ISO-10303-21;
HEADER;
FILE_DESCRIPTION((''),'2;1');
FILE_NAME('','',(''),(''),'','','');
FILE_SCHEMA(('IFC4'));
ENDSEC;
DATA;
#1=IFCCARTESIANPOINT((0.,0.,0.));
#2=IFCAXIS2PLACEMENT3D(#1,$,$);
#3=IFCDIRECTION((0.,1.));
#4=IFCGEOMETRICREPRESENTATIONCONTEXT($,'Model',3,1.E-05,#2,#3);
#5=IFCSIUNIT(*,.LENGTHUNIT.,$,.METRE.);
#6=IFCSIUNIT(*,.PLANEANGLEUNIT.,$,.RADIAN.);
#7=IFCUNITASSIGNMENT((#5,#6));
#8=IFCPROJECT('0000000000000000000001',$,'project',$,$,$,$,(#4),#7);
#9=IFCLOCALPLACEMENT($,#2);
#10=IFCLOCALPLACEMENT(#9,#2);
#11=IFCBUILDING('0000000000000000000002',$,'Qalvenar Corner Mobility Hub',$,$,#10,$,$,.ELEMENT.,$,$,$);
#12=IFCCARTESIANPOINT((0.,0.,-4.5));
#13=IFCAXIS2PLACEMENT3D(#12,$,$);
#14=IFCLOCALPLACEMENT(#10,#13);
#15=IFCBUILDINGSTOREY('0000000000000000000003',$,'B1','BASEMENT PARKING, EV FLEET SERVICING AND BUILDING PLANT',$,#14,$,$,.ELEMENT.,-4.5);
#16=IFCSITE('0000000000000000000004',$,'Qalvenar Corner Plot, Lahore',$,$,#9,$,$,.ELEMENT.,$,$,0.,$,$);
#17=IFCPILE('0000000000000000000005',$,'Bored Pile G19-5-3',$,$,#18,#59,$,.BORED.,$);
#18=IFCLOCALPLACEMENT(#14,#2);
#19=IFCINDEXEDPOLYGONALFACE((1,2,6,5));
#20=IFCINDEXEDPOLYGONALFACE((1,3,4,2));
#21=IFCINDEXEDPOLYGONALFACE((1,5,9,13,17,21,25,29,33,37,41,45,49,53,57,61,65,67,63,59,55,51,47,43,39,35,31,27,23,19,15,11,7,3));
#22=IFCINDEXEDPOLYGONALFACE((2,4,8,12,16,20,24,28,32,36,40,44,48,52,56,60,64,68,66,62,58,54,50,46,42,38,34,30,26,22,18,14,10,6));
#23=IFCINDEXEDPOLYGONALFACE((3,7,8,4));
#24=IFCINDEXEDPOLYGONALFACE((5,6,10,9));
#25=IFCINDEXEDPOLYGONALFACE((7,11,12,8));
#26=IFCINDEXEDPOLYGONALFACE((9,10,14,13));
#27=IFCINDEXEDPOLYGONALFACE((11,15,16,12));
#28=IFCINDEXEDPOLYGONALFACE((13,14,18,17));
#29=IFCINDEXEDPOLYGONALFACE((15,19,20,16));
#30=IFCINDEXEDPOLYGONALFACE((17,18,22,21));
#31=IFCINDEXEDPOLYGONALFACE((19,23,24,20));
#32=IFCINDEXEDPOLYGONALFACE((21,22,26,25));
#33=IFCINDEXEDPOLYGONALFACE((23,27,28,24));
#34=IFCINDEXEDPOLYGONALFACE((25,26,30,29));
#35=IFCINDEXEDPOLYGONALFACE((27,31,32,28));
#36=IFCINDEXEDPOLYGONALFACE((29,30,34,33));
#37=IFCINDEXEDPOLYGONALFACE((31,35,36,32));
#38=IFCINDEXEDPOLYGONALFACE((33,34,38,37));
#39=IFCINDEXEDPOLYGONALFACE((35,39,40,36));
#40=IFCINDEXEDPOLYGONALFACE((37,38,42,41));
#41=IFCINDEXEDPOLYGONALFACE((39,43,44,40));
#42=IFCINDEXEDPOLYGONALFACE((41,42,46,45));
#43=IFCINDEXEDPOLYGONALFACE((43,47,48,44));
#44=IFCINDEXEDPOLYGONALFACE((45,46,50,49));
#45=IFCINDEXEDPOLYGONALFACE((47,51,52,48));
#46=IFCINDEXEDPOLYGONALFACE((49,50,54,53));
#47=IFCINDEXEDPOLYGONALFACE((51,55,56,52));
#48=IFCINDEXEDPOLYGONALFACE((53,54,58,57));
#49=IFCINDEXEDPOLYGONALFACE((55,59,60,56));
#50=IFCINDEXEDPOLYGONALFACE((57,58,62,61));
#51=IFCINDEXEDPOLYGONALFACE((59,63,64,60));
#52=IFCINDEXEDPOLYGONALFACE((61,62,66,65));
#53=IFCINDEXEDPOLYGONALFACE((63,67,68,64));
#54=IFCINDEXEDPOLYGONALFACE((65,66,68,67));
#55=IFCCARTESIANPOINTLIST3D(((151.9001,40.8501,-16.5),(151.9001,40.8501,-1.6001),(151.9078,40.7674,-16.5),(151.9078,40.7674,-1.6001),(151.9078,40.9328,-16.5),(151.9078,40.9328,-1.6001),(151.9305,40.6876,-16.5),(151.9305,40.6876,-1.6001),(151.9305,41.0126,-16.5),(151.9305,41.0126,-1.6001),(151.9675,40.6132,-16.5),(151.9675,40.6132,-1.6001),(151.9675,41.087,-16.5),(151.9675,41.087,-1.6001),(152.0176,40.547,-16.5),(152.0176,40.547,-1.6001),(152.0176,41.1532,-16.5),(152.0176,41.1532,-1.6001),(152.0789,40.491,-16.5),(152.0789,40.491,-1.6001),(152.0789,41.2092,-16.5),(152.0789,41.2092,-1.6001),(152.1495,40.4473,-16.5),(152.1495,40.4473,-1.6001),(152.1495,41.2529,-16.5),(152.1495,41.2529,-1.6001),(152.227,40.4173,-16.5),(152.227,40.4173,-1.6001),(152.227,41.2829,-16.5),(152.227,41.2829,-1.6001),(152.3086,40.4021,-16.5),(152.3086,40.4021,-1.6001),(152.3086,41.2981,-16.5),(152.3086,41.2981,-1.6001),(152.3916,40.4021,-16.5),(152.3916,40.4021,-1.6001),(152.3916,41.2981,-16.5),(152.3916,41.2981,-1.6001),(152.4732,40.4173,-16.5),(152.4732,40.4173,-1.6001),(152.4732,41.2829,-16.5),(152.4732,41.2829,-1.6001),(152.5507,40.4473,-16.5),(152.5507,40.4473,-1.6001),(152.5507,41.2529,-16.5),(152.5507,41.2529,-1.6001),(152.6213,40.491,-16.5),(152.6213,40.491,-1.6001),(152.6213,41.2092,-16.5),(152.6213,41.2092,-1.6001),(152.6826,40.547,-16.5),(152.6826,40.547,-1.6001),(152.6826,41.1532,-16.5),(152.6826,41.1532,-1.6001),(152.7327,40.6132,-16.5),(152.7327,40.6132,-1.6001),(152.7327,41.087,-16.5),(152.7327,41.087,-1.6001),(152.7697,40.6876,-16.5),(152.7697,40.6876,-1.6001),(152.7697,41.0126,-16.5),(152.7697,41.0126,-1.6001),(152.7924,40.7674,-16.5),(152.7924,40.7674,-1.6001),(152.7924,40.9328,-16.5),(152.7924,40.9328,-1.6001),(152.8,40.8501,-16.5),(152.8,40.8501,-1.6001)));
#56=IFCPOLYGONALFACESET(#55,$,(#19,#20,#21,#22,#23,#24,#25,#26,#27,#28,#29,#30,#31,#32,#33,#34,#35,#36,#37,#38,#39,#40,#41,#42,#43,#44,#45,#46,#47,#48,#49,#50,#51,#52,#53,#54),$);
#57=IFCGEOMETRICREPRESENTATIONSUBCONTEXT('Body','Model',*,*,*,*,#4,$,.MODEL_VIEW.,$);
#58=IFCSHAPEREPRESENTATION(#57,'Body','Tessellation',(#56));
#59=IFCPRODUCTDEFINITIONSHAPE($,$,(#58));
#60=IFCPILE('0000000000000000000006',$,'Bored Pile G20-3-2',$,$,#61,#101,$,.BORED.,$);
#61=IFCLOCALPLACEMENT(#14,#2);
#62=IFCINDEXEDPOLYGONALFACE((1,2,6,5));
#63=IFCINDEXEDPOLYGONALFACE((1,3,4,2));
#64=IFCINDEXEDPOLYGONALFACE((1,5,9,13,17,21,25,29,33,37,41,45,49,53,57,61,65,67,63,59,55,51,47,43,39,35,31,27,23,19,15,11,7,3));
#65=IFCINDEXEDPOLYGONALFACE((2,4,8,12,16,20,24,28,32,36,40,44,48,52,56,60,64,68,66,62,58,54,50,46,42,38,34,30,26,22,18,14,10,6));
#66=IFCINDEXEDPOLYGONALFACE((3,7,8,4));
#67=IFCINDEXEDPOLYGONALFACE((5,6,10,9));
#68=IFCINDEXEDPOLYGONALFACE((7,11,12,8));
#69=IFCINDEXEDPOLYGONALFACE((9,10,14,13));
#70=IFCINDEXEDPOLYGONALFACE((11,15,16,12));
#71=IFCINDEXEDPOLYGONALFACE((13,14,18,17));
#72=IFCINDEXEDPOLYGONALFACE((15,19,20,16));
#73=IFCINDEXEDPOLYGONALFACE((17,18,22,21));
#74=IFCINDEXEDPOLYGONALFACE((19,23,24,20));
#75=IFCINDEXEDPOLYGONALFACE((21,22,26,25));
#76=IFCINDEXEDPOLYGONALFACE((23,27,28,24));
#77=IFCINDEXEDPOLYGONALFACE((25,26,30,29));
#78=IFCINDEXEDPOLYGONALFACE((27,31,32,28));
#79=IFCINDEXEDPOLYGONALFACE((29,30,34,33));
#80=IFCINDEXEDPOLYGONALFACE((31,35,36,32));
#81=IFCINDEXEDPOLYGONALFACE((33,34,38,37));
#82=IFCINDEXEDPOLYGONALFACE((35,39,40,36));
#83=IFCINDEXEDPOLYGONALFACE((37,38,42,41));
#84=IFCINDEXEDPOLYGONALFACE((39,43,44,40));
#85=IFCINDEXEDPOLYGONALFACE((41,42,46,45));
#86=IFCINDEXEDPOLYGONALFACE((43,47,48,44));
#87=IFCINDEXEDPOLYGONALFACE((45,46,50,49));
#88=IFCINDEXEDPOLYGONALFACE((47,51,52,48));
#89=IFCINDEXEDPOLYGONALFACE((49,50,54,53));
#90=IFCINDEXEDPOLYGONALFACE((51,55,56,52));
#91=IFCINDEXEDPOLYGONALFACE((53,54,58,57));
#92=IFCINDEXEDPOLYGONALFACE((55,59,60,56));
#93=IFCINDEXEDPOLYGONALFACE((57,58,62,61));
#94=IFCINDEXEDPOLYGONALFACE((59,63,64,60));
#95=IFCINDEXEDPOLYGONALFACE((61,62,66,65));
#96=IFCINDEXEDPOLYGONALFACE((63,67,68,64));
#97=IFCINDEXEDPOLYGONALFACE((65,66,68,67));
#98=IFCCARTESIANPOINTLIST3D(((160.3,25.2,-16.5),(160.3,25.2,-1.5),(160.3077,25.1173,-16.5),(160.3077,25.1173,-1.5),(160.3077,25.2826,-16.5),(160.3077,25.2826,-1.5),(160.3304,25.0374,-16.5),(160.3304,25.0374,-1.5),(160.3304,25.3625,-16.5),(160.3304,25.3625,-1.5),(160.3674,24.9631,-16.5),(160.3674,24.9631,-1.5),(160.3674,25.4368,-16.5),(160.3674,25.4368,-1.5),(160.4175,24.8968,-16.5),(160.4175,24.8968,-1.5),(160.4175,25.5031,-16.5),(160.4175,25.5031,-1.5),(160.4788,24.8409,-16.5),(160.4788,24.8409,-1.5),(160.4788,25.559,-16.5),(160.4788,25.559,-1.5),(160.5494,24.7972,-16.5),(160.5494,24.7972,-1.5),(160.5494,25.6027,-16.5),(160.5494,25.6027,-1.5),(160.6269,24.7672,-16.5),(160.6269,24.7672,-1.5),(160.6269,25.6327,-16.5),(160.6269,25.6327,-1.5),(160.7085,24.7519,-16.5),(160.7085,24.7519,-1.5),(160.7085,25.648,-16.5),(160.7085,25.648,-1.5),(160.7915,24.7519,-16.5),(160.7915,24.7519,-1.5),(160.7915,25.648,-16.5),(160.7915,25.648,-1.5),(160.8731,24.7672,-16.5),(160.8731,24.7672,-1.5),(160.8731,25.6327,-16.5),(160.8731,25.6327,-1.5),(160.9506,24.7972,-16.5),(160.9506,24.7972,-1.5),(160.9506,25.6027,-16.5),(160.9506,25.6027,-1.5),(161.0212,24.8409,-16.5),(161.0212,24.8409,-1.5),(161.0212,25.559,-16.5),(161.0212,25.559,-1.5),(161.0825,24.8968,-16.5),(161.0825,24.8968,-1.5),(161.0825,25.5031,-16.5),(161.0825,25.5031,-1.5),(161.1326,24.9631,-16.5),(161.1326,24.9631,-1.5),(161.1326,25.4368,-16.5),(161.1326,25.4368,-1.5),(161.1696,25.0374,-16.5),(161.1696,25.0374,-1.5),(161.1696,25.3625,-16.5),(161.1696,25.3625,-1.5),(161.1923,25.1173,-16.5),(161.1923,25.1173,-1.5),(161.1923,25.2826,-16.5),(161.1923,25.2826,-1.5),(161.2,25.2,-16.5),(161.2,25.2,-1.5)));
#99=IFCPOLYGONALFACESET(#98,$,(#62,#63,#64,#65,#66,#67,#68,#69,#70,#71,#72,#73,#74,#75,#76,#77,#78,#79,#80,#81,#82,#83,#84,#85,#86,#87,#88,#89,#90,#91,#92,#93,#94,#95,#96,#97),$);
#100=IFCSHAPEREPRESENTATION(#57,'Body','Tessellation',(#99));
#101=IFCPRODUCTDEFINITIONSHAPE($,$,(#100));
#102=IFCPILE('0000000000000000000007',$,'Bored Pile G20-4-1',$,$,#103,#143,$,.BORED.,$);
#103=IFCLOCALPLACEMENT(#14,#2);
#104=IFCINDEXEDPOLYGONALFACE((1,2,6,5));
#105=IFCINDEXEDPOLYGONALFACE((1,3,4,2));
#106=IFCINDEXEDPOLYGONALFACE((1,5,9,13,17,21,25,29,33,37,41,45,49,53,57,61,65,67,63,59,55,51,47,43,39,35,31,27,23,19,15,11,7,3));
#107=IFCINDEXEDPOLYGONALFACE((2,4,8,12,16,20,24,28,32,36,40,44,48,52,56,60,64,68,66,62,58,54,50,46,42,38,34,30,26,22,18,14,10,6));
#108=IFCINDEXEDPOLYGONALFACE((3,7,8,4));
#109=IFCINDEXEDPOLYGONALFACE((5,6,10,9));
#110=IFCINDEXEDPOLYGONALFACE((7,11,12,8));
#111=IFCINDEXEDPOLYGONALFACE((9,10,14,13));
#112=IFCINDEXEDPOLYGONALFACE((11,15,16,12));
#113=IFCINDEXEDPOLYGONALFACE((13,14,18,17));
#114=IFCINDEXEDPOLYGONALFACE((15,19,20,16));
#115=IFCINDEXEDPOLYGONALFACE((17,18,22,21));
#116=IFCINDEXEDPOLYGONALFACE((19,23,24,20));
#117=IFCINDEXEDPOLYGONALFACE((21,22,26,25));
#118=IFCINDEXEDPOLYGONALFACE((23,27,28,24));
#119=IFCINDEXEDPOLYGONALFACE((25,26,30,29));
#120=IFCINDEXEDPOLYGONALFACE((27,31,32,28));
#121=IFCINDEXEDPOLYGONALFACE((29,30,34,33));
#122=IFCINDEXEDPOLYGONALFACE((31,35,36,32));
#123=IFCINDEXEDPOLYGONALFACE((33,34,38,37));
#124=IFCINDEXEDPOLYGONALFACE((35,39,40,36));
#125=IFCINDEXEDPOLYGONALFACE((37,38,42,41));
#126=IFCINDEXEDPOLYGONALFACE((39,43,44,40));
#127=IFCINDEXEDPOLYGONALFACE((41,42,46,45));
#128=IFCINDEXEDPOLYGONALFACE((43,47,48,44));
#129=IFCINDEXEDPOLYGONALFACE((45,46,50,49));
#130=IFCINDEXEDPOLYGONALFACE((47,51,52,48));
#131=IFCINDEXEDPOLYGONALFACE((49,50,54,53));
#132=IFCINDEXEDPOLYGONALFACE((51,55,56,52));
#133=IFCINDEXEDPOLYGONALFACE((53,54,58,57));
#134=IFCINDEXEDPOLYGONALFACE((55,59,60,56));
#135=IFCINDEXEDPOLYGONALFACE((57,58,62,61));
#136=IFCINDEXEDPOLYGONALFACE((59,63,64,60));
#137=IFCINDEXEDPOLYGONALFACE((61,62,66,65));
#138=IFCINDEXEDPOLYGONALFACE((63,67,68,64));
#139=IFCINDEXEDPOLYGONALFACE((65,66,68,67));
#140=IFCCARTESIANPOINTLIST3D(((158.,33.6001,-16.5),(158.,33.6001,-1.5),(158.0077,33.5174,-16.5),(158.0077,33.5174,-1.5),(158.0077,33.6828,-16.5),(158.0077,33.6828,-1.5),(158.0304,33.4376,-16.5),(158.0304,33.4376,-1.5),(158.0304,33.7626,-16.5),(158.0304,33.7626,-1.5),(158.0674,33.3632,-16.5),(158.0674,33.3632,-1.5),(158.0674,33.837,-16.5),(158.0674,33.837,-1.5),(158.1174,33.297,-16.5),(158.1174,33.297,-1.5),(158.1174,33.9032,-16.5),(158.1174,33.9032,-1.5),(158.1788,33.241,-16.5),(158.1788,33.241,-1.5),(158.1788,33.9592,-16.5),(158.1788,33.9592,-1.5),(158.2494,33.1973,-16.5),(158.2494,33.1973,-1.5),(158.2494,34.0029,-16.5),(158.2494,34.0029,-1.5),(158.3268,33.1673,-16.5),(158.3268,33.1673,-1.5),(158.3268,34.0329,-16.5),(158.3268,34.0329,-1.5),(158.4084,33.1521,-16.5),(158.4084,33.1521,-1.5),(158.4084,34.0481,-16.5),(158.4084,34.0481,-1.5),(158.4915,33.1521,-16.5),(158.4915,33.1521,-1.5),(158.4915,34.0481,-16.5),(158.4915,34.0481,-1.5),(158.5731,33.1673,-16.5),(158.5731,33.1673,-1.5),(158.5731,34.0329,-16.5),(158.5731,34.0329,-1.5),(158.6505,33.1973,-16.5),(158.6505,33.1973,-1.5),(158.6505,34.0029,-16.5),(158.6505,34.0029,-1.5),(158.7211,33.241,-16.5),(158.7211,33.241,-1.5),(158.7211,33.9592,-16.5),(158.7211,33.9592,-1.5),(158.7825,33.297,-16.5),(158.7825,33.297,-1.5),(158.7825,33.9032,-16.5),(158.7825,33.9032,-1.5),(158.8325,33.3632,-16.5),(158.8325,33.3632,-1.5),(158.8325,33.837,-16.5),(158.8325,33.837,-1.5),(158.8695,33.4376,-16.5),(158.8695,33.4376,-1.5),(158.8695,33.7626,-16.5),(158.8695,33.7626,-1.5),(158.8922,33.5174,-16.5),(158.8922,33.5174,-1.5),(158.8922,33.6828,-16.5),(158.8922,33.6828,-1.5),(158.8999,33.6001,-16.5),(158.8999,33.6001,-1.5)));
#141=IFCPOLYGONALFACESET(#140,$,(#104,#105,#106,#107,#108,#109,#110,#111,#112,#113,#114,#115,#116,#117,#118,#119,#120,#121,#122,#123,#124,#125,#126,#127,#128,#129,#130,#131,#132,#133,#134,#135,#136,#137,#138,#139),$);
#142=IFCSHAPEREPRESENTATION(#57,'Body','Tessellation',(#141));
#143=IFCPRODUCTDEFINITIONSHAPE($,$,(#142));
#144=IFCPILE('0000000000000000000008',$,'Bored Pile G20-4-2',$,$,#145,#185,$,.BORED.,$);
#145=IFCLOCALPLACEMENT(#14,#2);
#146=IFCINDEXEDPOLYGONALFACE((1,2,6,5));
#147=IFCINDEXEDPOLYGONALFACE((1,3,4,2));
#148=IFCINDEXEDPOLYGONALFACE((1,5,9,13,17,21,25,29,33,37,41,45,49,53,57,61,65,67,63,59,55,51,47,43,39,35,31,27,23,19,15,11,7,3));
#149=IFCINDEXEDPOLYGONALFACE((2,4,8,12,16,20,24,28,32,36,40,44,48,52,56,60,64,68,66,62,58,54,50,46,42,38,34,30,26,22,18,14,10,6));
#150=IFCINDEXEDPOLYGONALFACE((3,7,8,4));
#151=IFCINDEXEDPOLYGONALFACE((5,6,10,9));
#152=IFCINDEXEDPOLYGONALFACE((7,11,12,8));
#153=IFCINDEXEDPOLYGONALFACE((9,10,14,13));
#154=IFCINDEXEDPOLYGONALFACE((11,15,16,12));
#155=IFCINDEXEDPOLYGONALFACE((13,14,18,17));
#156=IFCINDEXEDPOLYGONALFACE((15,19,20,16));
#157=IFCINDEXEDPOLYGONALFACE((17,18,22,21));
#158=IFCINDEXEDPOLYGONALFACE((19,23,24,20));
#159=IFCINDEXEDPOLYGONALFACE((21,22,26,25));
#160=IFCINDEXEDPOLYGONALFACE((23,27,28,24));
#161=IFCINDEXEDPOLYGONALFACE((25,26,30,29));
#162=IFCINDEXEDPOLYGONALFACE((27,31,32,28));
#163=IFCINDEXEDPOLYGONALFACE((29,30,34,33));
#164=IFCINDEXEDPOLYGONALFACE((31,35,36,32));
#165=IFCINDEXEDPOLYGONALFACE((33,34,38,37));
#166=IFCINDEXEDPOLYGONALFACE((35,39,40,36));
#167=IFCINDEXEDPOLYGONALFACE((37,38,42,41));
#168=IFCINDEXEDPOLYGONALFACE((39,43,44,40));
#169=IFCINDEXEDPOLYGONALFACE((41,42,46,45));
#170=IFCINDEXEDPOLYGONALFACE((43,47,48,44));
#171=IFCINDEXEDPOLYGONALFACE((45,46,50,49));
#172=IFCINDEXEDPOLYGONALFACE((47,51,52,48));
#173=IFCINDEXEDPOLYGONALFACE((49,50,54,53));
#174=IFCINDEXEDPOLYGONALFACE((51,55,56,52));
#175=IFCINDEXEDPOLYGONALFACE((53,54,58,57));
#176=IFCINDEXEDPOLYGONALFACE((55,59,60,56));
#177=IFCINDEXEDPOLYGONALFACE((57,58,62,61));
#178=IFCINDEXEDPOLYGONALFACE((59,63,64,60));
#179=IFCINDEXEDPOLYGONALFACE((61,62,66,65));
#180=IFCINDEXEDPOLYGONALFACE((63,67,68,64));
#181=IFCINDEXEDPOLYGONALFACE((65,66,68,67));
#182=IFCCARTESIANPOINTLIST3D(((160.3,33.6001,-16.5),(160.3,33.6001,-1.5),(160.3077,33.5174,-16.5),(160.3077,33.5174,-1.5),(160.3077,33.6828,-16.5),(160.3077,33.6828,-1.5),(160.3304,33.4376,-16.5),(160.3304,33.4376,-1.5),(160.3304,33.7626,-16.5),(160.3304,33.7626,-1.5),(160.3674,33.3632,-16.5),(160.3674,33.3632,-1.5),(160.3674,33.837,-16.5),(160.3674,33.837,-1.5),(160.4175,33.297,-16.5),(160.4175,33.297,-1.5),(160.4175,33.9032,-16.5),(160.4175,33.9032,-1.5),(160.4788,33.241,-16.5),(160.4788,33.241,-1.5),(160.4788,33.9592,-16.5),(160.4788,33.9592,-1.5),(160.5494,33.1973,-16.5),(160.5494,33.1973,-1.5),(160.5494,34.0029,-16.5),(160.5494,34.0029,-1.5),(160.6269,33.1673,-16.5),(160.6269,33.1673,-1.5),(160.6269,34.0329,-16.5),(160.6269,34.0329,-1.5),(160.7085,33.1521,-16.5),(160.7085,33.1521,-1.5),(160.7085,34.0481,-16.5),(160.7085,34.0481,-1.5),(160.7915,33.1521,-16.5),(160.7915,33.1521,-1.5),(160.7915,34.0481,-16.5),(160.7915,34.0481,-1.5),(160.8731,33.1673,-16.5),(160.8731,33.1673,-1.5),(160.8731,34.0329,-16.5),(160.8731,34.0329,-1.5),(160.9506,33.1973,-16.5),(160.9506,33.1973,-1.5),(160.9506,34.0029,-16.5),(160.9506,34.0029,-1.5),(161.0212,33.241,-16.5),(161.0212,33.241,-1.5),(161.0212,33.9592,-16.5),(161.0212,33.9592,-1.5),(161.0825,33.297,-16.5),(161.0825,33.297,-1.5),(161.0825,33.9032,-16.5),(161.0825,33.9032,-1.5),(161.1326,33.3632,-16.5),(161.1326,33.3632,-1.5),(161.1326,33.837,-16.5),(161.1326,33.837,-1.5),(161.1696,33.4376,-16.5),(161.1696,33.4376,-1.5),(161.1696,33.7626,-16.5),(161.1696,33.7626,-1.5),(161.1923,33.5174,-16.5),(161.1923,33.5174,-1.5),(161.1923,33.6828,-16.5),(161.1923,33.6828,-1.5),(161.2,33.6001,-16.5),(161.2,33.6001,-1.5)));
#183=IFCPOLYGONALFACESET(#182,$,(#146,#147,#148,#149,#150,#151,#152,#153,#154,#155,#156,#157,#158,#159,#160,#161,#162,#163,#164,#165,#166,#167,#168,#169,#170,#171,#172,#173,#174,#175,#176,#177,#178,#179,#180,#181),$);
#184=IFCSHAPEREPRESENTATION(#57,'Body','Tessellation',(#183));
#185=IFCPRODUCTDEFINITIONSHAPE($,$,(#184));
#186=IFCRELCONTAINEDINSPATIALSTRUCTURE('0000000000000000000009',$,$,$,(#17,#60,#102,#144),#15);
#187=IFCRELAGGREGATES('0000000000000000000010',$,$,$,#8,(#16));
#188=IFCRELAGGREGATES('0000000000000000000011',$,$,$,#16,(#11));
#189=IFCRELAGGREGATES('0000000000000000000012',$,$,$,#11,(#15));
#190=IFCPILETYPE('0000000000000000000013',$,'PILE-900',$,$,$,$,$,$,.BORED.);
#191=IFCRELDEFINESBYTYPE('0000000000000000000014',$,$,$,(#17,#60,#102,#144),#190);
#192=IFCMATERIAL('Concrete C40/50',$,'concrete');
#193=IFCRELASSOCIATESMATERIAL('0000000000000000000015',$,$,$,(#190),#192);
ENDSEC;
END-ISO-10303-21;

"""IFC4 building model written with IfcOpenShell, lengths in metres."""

from ifc_helpers import new_model, si_unit, direction, frame, origin, origin_2d, place, context, subcontext, project, spatial, circle, extrude, material, material_profile, profile_set, type_object, element, save


model = new_model("IFC4")

# Units and contexts
model_context = context("Model", 3, precision=1e-05, world=origin(), true_north=direction((0.0, 1.0)))
body_context = subcontext(model_context, "Body", "Model", "MODEL_VIEW")
ifc_project = project(units=[si_unit("LENGTHUNIT", "METRE"), si_unit("PLANEANGLEUNIT", "RADIAN")], contexts=[model_context])

# Site, building, storey
site_placement = place(None, origin())
site = spatial("IfcSite", under=ifc_project, at=site_placement, Name="Qalvenar Corner Plot, Lahore", CompositionType="ELEMENT", RefElevation=0.0)
building_placement = place(site_placement, origin())
building = spatial("IfcBuilding", under=site, at=building_placement, Name="Qalvenar Corner Mobility Hub", CompositionType="ELEMENT")
storey_placement = place(building_placement, frame((0.0, 0.0, -4.5)))
storey = spatial("IfcBuildingStorey", under=building, at=storey_placement, Name="B1", Description="BASEMENT PARKING, EV FLEET SERVICING AND BUILDING PLANT", CompositionType="ELEMENT", Elevation=-4.5)

# Shared definitions
ifc_material_1 = material(Name="Concrete C40/50", Category="concrete")

# Piles
ifc_material_profile_1 = material_profile(ifc_material_1, circle(Radius=0.45, at=origin_2d()), Name="DIA900")
ifc_profile_set_1 = profile_set([ifc_material_profile_1], Name="Concrete C40/50")
pile_type = type_object("IfcPileType", Name="PILE-900", PredefinedType="BORED", material=ifc_profile_set_1)
for number, where, z_axis, x_axis, name in (
    (1, (152.3501, 40.8501, -1.6001), (0.0, 0.0, -1.0), (1.0, 0.0, 0.0), "Bored Pile G19-5-3"),
):
    element("IfcPile", number, at=place(storey_placement, frame(where, z_axis=z_axis, x_axis=x_axis)), inside=storey, type_object=pile_type, Name=name, PredefinedType="BORED", context=body_context, shape_type="SweptSolid", body=[
        extrude(circle(Radius=0.45, at=origin_2d()), origin(), (0.0, 0.0, 1.0), 14.8999),
    ])
for number, where, z_axis, x_axis, name in (
    (2, (160.75, 25.2, -1.5), (0.0, 0.0, -1.0), (1.0, 0.0, 0.0), "Bored Pile G20-3-2"),
    (3, (158.45, 33.6001, -1.5), (0.0, 0.0, -1.0), (1.0, 0.0, 0.0), "Bored Pile G20-4-1"),
    (4, (160.75, 33.6001, -1.5), (0.0, 0.0, -1.0), (1.0, 0.0, 0.0), "Bored Pile G20-4-2"),
):
    element("IfcPile", number, at=place(storey_placement, frame(where, z_axis=z_axis, x_axis=x_axis)), inside=storey, type_object=pile_type, Name=name, PredefinedType="BORED", context=body_context, shape_type="SweptSolid", body=[
        extrude(circle(Radius=0.45, at=origin_2d()), origin(), (0.0, 0.0, 1.0), 15.0),
    ])

save(model, "model.ifc")
